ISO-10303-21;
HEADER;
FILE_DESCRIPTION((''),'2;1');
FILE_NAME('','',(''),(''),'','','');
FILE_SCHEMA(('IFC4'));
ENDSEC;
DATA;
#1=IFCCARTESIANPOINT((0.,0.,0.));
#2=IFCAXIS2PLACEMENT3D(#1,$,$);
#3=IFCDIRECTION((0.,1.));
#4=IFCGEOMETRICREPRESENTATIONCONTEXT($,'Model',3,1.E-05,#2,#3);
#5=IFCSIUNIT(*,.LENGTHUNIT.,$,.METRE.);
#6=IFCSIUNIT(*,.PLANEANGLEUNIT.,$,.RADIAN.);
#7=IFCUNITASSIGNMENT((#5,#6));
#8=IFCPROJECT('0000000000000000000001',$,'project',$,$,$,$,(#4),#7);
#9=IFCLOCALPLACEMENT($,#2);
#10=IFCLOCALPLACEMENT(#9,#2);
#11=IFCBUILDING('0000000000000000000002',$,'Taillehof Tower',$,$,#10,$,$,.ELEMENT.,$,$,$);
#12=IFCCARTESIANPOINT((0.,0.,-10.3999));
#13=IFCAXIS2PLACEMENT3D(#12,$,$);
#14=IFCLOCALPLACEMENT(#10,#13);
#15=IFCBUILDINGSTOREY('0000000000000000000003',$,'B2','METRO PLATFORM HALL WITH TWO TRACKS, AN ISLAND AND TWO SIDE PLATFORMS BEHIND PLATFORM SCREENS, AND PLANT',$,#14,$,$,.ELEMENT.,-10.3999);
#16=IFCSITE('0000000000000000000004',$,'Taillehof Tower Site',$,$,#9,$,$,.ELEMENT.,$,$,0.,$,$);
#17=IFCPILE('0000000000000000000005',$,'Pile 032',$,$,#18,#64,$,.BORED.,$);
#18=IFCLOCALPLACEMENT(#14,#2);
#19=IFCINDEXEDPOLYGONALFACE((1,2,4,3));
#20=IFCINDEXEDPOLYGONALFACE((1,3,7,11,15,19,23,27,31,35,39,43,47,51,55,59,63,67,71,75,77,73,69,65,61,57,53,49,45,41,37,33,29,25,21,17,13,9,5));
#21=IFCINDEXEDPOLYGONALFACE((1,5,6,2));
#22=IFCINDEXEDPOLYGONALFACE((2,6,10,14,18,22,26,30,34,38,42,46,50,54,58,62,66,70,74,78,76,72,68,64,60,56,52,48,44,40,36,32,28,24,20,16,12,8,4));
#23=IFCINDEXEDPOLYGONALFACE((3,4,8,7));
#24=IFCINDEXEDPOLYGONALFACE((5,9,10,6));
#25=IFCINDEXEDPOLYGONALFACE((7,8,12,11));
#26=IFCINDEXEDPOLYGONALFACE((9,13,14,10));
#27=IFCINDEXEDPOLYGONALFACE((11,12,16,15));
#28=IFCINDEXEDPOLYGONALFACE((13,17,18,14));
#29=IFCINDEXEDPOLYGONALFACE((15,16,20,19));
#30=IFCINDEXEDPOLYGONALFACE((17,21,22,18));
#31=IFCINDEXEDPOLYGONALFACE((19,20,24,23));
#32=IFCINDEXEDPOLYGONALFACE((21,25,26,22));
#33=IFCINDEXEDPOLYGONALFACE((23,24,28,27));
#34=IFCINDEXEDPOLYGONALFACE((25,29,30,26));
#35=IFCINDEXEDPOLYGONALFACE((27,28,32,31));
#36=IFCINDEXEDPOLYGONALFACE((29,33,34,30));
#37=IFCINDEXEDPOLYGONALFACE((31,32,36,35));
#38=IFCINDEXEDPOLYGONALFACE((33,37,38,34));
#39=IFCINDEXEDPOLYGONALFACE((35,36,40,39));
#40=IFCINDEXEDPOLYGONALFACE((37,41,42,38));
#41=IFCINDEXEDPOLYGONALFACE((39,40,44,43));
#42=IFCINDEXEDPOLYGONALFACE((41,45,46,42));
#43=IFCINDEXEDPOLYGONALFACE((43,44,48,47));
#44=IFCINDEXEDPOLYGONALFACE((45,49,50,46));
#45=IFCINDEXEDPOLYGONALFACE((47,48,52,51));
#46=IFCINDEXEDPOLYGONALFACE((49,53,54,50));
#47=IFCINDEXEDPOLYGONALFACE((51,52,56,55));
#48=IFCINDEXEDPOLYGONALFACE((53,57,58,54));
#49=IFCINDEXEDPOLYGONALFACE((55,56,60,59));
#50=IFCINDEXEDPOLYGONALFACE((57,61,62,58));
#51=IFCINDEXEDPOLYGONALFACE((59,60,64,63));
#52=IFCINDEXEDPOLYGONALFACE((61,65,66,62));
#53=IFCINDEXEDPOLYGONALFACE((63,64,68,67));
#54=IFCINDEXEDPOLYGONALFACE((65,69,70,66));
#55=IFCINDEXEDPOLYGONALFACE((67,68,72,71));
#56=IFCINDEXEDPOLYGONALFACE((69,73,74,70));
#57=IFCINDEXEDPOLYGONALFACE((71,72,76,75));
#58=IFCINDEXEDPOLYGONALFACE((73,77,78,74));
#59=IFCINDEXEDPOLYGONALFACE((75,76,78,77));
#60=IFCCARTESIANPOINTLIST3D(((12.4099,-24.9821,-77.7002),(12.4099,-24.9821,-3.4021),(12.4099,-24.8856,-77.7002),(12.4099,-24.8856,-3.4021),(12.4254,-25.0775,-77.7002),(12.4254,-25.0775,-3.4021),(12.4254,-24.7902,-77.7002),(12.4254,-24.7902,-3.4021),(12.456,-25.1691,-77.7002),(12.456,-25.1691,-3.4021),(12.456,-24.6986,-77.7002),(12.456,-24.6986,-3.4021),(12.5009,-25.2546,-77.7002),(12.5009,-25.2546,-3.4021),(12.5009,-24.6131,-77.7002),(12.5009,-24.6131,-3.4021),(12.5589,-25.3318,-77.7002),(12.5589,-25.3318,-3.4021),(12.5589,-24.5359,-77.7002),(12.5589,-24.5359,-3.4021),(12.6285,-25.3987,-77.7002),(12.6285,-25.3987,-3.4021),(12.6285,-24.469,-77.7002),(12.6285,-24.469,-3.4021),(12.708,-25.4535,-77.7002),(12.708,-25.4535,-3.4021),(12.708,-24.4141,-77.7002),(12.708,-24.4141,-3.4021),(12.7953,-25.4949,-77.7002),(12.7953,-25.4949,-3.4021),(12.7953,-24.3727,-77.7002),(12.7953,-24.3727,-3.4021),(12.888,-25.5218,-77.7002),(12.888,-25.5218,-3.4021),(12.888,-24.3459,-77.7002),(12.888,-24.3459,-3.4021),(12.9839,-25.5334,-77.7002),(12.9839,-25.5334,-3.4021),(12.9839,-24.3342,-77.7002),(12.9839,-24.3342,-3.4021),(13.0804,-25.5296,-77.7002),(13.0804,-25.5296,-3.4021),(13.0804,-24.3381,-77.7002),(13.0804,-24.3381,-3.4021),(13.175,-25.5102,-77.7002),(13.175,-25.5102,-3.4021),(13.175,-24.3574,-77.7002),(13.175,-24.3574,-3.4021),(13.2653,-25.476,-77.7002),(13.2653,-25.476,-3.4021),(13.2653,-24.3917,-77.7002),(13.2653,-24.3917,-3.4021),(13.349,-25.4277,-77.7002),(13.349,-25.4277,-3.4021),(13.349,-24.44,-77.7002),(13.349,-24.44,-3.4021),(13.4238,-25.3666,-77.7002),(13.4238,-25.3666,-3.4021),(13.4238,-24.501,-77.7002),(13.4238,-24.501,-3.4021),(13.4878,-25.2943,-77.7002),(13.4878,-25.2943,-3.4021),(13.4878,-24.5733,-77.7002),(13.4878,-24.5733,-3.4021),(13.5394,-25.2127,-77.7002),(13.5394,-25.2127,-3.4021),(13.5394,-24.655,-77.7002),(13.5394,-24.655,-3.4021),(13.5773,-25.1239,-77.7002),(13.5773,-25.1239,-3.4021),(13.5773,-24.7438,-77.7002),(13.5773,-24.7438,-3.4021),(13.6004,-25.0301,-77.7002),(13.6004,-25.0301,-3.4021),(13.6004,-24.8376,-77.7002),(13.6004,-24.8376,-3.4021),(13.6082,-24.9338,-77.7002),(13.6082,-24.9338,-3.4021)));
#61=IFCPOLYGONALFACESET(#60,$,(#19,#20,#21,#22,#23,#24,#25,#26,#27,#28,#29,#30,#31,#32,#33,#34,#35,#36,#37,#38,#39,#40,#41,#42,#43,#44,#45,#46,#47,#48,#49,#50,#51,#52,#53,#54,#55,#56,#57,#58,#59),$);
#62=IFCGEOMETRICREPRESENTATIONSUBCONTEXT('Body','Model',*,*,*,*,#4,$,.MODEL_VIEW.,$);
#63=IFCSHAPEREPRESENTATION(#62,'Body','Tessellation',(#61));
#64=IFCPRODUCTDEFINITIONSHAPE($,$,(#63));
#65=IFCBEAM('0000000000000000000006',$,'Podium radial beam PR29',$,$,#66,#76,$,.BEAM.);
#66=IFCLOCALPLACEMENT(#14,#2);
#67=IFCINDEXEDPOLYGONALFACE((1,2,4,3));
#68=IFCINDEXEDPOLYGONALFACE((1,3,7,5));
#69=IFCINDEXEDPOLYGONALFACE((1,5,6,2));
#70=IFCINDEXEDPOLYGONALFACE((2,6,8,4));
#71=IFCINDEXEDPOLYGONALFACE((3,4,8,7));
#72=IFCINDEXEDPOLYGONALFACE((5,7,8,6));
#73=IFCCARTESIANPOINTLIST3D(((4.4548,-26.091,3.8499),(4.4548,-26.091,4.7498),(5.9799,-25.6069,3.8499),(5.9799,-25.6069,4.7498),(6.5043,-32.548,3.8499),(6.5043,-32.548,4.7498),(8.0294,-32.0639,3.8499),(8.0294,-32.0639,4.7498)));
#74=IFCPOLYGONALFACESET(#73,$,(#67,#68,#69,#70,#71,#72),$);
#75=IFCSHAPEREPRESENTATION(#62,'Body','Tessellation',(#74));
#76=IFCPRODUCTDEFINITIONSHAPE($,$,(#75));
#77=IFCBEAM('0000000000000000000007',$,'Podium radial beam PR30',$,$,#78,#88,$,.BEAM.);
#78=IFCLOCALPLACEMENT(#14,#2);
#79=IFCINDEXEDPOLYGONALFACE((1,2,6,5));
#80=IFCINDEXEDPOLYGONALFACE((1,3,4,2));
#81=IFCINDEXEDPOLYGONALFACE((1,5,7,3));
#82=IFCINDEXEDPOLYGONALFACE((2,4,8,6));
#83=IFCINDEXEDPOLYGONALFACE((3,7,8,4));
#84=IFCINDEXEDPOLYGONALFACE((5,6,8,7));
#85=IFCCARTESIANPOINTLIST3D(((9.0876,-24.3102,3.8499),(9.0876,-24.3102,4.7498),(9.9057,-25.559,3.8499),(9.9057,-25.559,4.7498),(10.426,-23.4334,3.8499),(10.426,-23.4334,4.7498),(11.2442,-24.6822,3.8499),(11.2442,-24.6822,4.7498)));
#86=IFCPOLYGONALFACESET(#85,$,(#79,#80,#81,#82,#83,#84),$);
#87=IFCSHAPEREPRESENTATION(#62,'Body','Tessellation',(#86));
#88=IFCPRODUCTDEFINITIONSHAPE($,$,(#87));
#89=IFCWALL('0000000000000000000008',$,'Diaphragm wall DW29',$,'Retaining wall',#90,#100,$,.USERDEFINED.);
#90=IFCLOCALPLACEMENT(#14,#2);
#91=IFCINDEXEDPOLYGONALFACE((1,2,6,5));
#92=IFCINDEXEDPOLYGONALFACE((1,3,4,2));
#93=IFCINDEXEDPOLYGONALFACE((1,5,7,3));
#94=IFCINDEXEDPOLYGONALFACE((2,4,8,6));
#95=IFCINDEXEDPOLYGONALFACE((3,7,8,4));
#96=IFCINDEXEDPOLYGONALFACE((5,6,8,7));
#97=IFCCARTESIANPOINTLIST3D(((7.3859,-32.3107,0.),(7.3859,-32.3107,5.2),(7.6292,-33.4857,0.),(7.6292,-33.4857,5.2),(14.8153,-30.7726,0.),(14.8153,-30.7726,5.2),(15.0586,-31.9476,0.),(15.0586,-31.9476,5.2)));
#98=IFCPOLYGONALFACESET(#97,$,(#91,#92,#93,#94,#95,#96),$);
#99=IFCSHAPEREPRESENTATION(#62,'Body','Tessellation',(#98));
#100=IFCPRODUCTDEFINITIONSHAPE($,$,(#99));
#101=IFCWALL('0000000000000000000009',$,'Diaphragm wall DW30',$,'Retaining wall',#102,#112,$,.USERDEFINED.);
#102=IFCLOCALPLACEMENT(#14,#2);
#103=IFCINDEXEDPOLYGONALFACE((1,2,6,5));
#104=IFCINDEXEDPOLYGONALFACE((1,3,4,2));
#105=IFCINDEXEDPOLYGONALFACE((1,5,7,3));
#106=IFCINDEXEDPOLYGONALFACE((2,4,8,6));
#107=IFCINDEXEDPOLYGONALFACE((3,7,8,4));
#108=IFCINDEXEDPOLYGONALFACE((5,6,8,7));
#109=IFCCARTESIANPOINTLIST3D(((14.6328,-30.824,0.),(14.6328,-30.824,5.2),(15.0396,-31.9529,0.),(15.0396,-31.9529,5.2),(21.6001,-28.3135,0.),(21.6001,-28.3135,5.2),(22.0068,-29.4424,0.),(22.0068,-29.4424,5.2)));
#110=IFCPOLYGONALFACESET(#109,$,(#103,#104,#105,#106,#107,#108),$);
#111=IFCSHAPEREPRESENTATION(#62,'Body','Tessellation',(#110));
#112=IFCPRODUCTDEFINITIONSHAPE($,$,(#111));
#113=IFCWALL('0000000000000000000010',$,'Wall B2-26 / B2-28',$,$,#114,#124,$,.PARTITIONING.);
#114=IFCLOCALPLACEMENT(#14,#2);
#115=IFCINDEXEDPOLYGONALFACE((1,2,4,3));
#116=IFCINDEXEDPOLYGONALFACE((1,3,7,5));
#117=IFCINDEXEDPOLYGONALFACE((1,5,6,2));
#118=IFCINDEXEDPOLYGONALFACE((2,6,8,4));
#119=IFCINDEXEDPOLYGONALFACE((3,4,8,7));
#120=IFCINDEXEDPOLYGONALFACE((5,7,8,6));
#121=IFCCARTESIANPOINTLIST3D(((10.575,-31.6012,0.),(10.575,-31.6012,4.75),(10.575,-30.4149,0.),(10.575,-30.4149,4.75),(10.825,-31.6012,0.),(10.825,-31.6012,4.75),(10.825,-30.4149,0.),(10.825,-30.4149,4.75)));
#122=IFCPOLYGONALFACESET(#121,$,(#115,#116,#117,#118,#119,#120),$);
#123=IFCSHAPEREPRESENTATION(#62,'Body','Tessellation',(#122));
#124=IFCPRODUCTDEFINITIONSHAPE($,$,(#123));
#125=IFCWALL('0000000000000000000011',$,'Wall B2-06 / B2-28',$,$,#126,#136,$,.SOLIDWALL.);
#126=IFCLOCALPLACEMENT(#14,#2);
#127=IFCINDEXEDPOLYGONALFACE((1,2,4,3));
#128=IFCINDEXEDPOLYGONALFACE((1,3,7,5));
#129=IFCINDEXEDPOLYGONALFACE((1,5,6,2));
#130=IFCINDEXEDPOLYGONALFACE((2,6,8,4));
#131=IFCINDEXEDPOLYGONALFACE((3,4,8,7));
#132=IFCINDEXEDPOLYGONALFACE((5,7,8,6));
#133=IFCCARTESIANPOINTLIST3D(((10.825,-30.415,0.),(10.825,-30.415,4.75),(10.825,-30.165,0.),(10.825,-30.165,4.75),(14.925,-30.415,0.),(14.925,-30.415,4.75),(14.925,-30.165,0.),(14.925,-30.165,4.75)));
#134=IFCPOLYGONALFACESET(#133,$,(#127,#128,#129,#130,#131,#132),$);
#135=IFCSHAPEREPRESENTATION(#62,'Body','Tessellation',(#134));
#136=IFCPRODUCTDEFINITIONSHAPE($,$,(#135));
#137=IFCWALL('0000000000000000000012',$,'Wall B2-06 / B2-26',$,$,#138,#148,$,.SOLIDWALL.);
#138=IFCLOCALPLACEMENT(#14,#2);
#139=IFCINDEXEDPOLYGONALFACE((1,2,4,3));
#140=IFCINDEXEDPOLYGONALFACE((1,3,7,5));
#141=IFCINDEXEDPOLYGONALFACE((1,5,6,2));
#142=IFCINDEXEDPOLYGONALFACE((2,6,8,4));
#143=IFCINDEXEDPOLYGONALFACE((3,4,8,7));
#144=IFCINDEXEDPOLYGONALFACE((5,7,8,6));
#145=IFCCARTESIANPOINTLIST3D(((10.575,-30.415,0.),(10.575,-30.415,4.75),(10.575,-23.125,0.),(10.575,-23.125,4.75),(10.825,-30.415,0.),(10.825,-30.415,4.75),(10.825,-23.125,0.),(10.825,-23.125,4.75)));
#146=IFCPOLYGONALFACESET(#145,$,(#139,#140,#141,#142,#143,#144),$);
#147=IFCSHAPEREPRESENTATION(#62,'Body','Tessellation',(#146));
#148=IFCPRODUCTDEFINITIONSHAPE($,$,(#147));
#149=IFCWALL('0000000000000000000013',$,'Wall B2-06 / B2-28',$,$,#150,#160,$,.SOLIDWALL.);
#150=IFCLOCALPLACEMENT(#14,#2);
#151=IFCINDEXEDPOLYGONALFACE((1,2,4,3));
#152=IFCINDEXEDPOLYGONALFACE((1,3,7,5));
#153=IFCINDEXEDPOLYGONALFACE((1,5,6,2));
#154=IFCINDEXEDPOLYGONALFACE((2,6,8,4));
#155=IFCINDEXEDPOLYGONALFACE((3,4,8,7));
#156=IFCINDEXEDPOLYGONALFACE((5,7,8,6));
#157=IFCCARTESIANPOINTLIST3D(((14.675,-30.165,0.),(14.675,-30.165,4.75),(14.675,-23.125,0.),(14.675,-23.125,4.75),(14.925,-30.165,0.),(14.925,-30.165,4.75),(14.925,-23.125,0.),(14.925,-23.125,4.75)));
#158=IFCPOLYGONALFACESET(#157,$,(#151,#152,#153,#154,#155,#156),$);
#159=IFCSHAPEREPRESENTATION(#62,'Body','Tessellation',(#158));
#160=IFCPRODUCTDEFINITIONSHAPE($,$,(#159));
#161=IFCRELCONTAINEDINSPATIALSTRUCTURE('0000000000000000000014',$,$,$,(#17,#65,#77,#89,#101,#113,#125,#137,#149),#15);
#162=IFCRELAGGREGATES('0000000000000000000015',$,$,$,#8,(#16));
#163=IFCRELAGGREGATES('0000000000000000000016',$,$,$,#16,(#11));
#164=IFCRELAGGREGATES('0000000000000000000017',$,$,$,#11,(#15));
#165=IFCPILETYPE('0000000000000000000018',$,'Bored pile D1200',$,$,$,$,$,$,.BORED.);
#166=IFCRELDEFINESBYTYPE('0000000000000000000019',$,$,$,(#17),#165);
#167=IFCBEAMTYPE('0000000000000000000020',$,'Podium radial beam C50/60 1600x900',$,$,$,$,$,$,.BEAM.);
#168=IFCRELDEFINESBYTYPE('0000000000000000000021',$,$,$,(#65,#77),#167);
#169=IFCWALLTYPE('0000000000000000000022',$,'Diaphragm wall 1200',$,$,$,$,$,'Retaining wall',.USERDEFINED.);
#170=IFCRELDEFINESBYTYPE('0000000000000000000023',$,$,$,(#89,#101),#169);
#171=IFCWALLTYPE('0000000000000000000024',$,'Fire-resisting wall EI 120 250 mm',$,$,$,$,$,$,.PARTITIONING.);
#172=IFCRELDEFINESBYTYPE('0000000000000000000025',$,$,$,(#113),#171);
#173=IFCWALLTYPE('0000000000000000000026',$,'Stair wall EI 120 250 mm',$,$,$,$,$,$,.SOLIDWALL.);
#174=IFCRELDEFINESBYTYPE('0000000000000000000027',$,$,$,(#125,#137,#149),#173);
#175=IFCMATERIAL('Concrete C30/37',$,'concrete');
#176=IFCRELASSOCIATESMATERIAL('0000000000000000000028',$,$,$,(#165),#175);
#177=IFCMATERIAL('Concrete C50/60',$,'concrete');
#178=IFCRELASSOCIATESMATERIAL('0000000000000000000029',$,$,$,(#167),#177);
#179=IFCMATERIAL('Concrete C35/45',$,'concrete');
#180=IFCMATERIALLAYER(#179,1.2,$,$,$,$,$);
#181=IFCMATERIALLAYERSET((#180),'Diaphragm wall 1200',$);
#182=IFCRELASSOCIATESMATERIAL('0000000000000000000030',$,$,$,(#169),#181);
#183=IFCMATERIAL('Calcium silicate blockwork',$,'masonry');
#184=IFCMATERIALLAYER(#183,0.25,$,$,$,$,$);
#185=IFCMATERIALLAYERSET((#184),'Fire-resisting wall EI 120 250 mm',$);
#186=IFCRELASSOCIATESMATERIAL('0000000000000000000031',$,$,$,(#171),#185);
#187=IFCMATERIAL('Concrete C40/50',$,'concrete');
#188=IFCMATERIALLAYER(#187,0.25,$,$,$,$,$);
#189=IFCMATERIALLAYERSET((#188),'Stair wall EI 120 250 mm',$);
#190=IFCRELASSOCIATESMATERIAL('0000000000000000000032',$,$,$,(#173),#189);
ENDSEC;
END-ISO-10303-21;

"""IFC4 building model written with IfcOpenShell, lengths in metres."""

from ifc_helpers import new_model, si_unit, direction, frame, frame_2d, origin, origin_2d, place, context, subcontext, project, spatial, rectangle, circle, extrude, material, layer, layer_set, material_profile, profile_set, type_object, element, save


model = new_model("IFC4")

# Units and contexts
model_context = context("Model", 3, precision=1e-05, world=origin(), true_north=direction((0.0, 1.0)))
body_context = subcontext(model_context, "Body", "Model", "MODEL_VIEW")
ifc_project = project(units=[si_unit("LENGTHUNIT", "METRE"), si_unit("PLANEANGLEUNIT", "RADIAN")], contexts=[model_context])

# Site, building, storey
site_placement = place(None, origin())
site = spatial("IfcSite", under=ifc_project, at=site_placement, Name="Taillehof Tower Site", CompositionType="ELEMENT", RefElevation=0.0)
building_placement = place(site_placement, origin())
building = spatial("IfcBuilding", under=site, at=building_placement, Name="Taillehof Tower", CompositionType="ELEMENT")
storey_placement = place(building_placement, frame((0.0, 0.0, -10.3999)))
storey = spatial("IfcBuildingStorey", under=building, at=storey_placement, Name="B2", Description="METRO PLATFORM HALL WITH TWO TRACKS, AN ISLAND AND TWO SIDE PLATFORMS BEHIND PLATFORM SCREENS, AND PLANT", CompositionType="ELEMENT", Elevation=-10.3999)

# Pile
ifc_material_1 = material(Name="Concrete C30/37", Category="concrete")
ifc_material_profile_1 = material_profile(ifc_material_1, circle(Radius=0.6001, at=origin_2d()), Name="BP D1200")
ifc_profile_set_1 = profile_set([ifc_material_profile_1], Name="Concrete C30/37")
pile_type = type_object("IfcPileType", Name="Bored pile D1200", PredefinedType="BORED", material=ifc_profile_set_1)
for number, where, z_axis, x_axis, name in (
    (1, (13.0081, -24.9338, -3.4021), (0.0, 0.0, -1.0), (1.0, 0.0, 0.0), "Pile 032"),
):
    element("IfcPile", number, at=place(storey_placement, frame(where, z_axis=z_axis, x_axis=x_axis)), inside=storey, type_object=pile_type, Name=name, PredefinedType="BORED", context=body_context, shape_type="SweptSolid", body=[
        extrude(circle(Radius=0.6001, at=origin_2d()), origin(), (0.0, 0.0, 1.0), 74.2981),
    ])

# Beams
ifc_material_2 = material(Name="Concrete C50/60", Category="concrete")
ifc_material_profile_2 = material_profile(ifc_material_2, rectangle(XDim=1.6001, YDim=0.8999, at=origin_2d()), Name="RC 1600x900")
ifc_profile_set_2 = profile_set([ifc_material_profile_2], Name="Concrete C50/60")
beam_type = type_object("IfcBeamType", Name="Podium radial beam C50/60 1600x900", PredefinedType="BEAM", material=ifc_profile_set_2)
beam_1_placement = place(storey_placement, frame((7.2668, -32.3059, 4.2998), z_axis=(-0.30254, 0.953137, 0.0), x_axis=(-0.953137, -0.30254, 0.0)))
element("IfcBeam", 2, at=beam_1_placement, inside=storey, type_object=beam_type, Name="Podium radial beam PR29", PredefinedType="BEAM", context=body_context, shape_type="SweptSolid", body=[
    extrude(rectangle(XDim=1.6001, YDim=0.8999, at=origin_2d()), origin(), (0.0, 0.0, 1.0), 6.7744),
])
beam_2_placement = place(storey_placement, frame((10.575, -25.1206, 4.2998), z_axis=(-0.548003, 0.836477, 0.0), x_axis=(-0.836477, -0.548003, 0.0)))
element("IfcBeam", 3, at=beam_2_placement, inside=storey, type_object=beam_type, Name="Podium radial beam PR30", PredefinedType="BEAM", context=body_context, shape_type="SweptSolid", body=[
    extrude(rectangle(XDim=1.6001, YDim=0.8999, at=origin_2d()), origin(), (0.0, 0.0, 1.0), 1.4929),
])

# Walls
ifc_material_3 = material(Name="Concrete C35/45", Category="concrete")
ifc_layer_1 = layer(ifc_material_3, 1.2)
ifc_layer_set_1 = layer_set([ifc_layer_1], Name="Diaphragm wall 1200")
wall_type_1 = type_object("IfcWallType", Name="Diaphragm wall 1200", ElementType="Retaining wall", PredefinedType="USERDEFINED", material=ifc_layer_set_1)
wall_1_placement = place(storey_placement, frame((7.5076, -32.8982, 0.0), z_axis=(0.0, 0.0, 1.0), x_axis=(0.979235, 0.202727, 0.0)))
element("IfcWall", 4, at=wall_1_placement, inside=storey, type_object=wall_type_1, Name="Diaphragm wall DW29", ObjectType="Retaining wall", PredefinedType="USERDEFINED", context=body_context, shape_type="SweptSolid", body=[
    extrude(rectangle(XDim=7.5869, YDim=1.2, at=frame_2d((3.7935, 0.0))), origin(), (0.0, 0.0, 1.0), 5.2),
])
wall_2_placement = place(storey_placement, frame((14.8362, -31.3884, 0.0), z_axis=(0.0, 0.0, 1.0), x_axis=(0.940789, 0.338991, 0.0)))
element("IfcWall", 5, at=wall_2_placement, inside=storey, type_object=wall_type_1, Name="Diaphragm wall DW30", ObjectType="Retaining wall", PredefinedType="USERDEFINED", context=body_context, shape_type="SweptSolid", body=[
    extrude(rectangle(XDim=7.4058, YDim=1.2, at=frame_2d((3.7029, 0.0))), origin(), (0.0, 0.0, 1.0), 5.2),
])
ifc_material_4 = material(Name="Calcium silicate blockwork", Category="masonry")
ifc_layer_2 = layer(ifc_material_4, 0.25)
ifc_layer_set_2 = layer_set([ifc_layer_2], Name="Fire-resisting wall EI 120 250 mm")
wall_type_2 = type_object("IfcWallType", Name="Fire-resisting wall EI 120 250 mm", PredefinedType="PARTITIONING", material=ifc_layer_set_2)
wall_3_placement = place(storey_placement, frame((10.7, -31.6013, 0.0), z_axis=(0.0, 0.0, 1.0), x_axis=(0.0, 1.0, 0.0)))
element("IfcWall", 6, at=wall_3_placement, inside=storey, type_object=wall_type_2, Name="Wall B2-26 / B2-28", PredefinedType="PARTITIONING", context=body_context, shape_type="SweptSolid", body=[
    extrude(rectangle(XDim=1.1863, YDim=0.25, at=frame_2d((0.5933, 0.0))), origin(), (0.0, 0.0, 1.0), 4.75),
])
ifc_material_5 = material(Name="Concrete C40/50", Category="concrete")
ifc_layer_3 = layer(ifc_material_5, 0.25)
ifc_layer_set_3 = layer_set([ifc_layer_3], Name="Stair wall EI 120 250 mm")
wall_type_3 = type_object("IfcWallType", Name="Stair wall EI 120 250 mm", PredefinedType="SOLIDWALL", material=ifc_layer_set_3)
wall_4_placement = place(storey_placement, frame((10.825, -30.29, 0.0), z_axis=(0.0, 0.0, 1.0), x_axis=(1.0, 0.0, 0.0)))
element("IfcWall", 7, at=wall_4_placement, inside=storey, type_object=wall_type_3, Name="Wall B2-06 / B2-28", PredefinedType="SOLIDWALL", context=body_context, shape_type="SweptSolid", body=[
    extrude(rectangle(XDim=4.1001, YDim=0.25, at=frame_2d((2.05, 0.0))), origin(), (0.0, 0.0, 1.0), 4.75),
])
wall_5_placement = place(storey_placement, frame((10.7, -30.415, 0.0), z_axis=(0.0, 0.0, 1.0), x_axis=(0.0, 1.0, 0.0)))
element("IfcWall", 8, at=wall_5_placement, inside=storey, type_object=wall_type_3, Name="Wall B2-06 / B2-26", PredefinedType="SOLIDWALL", context=body_context, shape_type="SweptSolid", body=[
    extrude(rectangle(XDim=7.29, YDim=0.25, at=frame_2d((3.645, 0.0))), origin(), (0.0, 0.0, 1.0), 4.75),
])
wall_6_placement = place(storey_placement, frame((14.8, -30.165, 0.0), z_axis=(0.0, 0.0, 1.0), x_axis=(0.0, 1.0, 0.0)))
element("IfcWall", 9, at=wall_6_placement, inside=storey, type_object=wall_type_3, Name="Wall B2-06 / B2-28", PredefinedType="SOLIDWALL", context=body_context, shape_type="SweptSolid", body=[
    extrude(rectangle(XDim=7.04, YDim=0.25, at=frame_2d((3.52, 0.0))), origin(), (0.0, 0.0, 1.0), 4.75),
])

save(model, "model.ifc")
